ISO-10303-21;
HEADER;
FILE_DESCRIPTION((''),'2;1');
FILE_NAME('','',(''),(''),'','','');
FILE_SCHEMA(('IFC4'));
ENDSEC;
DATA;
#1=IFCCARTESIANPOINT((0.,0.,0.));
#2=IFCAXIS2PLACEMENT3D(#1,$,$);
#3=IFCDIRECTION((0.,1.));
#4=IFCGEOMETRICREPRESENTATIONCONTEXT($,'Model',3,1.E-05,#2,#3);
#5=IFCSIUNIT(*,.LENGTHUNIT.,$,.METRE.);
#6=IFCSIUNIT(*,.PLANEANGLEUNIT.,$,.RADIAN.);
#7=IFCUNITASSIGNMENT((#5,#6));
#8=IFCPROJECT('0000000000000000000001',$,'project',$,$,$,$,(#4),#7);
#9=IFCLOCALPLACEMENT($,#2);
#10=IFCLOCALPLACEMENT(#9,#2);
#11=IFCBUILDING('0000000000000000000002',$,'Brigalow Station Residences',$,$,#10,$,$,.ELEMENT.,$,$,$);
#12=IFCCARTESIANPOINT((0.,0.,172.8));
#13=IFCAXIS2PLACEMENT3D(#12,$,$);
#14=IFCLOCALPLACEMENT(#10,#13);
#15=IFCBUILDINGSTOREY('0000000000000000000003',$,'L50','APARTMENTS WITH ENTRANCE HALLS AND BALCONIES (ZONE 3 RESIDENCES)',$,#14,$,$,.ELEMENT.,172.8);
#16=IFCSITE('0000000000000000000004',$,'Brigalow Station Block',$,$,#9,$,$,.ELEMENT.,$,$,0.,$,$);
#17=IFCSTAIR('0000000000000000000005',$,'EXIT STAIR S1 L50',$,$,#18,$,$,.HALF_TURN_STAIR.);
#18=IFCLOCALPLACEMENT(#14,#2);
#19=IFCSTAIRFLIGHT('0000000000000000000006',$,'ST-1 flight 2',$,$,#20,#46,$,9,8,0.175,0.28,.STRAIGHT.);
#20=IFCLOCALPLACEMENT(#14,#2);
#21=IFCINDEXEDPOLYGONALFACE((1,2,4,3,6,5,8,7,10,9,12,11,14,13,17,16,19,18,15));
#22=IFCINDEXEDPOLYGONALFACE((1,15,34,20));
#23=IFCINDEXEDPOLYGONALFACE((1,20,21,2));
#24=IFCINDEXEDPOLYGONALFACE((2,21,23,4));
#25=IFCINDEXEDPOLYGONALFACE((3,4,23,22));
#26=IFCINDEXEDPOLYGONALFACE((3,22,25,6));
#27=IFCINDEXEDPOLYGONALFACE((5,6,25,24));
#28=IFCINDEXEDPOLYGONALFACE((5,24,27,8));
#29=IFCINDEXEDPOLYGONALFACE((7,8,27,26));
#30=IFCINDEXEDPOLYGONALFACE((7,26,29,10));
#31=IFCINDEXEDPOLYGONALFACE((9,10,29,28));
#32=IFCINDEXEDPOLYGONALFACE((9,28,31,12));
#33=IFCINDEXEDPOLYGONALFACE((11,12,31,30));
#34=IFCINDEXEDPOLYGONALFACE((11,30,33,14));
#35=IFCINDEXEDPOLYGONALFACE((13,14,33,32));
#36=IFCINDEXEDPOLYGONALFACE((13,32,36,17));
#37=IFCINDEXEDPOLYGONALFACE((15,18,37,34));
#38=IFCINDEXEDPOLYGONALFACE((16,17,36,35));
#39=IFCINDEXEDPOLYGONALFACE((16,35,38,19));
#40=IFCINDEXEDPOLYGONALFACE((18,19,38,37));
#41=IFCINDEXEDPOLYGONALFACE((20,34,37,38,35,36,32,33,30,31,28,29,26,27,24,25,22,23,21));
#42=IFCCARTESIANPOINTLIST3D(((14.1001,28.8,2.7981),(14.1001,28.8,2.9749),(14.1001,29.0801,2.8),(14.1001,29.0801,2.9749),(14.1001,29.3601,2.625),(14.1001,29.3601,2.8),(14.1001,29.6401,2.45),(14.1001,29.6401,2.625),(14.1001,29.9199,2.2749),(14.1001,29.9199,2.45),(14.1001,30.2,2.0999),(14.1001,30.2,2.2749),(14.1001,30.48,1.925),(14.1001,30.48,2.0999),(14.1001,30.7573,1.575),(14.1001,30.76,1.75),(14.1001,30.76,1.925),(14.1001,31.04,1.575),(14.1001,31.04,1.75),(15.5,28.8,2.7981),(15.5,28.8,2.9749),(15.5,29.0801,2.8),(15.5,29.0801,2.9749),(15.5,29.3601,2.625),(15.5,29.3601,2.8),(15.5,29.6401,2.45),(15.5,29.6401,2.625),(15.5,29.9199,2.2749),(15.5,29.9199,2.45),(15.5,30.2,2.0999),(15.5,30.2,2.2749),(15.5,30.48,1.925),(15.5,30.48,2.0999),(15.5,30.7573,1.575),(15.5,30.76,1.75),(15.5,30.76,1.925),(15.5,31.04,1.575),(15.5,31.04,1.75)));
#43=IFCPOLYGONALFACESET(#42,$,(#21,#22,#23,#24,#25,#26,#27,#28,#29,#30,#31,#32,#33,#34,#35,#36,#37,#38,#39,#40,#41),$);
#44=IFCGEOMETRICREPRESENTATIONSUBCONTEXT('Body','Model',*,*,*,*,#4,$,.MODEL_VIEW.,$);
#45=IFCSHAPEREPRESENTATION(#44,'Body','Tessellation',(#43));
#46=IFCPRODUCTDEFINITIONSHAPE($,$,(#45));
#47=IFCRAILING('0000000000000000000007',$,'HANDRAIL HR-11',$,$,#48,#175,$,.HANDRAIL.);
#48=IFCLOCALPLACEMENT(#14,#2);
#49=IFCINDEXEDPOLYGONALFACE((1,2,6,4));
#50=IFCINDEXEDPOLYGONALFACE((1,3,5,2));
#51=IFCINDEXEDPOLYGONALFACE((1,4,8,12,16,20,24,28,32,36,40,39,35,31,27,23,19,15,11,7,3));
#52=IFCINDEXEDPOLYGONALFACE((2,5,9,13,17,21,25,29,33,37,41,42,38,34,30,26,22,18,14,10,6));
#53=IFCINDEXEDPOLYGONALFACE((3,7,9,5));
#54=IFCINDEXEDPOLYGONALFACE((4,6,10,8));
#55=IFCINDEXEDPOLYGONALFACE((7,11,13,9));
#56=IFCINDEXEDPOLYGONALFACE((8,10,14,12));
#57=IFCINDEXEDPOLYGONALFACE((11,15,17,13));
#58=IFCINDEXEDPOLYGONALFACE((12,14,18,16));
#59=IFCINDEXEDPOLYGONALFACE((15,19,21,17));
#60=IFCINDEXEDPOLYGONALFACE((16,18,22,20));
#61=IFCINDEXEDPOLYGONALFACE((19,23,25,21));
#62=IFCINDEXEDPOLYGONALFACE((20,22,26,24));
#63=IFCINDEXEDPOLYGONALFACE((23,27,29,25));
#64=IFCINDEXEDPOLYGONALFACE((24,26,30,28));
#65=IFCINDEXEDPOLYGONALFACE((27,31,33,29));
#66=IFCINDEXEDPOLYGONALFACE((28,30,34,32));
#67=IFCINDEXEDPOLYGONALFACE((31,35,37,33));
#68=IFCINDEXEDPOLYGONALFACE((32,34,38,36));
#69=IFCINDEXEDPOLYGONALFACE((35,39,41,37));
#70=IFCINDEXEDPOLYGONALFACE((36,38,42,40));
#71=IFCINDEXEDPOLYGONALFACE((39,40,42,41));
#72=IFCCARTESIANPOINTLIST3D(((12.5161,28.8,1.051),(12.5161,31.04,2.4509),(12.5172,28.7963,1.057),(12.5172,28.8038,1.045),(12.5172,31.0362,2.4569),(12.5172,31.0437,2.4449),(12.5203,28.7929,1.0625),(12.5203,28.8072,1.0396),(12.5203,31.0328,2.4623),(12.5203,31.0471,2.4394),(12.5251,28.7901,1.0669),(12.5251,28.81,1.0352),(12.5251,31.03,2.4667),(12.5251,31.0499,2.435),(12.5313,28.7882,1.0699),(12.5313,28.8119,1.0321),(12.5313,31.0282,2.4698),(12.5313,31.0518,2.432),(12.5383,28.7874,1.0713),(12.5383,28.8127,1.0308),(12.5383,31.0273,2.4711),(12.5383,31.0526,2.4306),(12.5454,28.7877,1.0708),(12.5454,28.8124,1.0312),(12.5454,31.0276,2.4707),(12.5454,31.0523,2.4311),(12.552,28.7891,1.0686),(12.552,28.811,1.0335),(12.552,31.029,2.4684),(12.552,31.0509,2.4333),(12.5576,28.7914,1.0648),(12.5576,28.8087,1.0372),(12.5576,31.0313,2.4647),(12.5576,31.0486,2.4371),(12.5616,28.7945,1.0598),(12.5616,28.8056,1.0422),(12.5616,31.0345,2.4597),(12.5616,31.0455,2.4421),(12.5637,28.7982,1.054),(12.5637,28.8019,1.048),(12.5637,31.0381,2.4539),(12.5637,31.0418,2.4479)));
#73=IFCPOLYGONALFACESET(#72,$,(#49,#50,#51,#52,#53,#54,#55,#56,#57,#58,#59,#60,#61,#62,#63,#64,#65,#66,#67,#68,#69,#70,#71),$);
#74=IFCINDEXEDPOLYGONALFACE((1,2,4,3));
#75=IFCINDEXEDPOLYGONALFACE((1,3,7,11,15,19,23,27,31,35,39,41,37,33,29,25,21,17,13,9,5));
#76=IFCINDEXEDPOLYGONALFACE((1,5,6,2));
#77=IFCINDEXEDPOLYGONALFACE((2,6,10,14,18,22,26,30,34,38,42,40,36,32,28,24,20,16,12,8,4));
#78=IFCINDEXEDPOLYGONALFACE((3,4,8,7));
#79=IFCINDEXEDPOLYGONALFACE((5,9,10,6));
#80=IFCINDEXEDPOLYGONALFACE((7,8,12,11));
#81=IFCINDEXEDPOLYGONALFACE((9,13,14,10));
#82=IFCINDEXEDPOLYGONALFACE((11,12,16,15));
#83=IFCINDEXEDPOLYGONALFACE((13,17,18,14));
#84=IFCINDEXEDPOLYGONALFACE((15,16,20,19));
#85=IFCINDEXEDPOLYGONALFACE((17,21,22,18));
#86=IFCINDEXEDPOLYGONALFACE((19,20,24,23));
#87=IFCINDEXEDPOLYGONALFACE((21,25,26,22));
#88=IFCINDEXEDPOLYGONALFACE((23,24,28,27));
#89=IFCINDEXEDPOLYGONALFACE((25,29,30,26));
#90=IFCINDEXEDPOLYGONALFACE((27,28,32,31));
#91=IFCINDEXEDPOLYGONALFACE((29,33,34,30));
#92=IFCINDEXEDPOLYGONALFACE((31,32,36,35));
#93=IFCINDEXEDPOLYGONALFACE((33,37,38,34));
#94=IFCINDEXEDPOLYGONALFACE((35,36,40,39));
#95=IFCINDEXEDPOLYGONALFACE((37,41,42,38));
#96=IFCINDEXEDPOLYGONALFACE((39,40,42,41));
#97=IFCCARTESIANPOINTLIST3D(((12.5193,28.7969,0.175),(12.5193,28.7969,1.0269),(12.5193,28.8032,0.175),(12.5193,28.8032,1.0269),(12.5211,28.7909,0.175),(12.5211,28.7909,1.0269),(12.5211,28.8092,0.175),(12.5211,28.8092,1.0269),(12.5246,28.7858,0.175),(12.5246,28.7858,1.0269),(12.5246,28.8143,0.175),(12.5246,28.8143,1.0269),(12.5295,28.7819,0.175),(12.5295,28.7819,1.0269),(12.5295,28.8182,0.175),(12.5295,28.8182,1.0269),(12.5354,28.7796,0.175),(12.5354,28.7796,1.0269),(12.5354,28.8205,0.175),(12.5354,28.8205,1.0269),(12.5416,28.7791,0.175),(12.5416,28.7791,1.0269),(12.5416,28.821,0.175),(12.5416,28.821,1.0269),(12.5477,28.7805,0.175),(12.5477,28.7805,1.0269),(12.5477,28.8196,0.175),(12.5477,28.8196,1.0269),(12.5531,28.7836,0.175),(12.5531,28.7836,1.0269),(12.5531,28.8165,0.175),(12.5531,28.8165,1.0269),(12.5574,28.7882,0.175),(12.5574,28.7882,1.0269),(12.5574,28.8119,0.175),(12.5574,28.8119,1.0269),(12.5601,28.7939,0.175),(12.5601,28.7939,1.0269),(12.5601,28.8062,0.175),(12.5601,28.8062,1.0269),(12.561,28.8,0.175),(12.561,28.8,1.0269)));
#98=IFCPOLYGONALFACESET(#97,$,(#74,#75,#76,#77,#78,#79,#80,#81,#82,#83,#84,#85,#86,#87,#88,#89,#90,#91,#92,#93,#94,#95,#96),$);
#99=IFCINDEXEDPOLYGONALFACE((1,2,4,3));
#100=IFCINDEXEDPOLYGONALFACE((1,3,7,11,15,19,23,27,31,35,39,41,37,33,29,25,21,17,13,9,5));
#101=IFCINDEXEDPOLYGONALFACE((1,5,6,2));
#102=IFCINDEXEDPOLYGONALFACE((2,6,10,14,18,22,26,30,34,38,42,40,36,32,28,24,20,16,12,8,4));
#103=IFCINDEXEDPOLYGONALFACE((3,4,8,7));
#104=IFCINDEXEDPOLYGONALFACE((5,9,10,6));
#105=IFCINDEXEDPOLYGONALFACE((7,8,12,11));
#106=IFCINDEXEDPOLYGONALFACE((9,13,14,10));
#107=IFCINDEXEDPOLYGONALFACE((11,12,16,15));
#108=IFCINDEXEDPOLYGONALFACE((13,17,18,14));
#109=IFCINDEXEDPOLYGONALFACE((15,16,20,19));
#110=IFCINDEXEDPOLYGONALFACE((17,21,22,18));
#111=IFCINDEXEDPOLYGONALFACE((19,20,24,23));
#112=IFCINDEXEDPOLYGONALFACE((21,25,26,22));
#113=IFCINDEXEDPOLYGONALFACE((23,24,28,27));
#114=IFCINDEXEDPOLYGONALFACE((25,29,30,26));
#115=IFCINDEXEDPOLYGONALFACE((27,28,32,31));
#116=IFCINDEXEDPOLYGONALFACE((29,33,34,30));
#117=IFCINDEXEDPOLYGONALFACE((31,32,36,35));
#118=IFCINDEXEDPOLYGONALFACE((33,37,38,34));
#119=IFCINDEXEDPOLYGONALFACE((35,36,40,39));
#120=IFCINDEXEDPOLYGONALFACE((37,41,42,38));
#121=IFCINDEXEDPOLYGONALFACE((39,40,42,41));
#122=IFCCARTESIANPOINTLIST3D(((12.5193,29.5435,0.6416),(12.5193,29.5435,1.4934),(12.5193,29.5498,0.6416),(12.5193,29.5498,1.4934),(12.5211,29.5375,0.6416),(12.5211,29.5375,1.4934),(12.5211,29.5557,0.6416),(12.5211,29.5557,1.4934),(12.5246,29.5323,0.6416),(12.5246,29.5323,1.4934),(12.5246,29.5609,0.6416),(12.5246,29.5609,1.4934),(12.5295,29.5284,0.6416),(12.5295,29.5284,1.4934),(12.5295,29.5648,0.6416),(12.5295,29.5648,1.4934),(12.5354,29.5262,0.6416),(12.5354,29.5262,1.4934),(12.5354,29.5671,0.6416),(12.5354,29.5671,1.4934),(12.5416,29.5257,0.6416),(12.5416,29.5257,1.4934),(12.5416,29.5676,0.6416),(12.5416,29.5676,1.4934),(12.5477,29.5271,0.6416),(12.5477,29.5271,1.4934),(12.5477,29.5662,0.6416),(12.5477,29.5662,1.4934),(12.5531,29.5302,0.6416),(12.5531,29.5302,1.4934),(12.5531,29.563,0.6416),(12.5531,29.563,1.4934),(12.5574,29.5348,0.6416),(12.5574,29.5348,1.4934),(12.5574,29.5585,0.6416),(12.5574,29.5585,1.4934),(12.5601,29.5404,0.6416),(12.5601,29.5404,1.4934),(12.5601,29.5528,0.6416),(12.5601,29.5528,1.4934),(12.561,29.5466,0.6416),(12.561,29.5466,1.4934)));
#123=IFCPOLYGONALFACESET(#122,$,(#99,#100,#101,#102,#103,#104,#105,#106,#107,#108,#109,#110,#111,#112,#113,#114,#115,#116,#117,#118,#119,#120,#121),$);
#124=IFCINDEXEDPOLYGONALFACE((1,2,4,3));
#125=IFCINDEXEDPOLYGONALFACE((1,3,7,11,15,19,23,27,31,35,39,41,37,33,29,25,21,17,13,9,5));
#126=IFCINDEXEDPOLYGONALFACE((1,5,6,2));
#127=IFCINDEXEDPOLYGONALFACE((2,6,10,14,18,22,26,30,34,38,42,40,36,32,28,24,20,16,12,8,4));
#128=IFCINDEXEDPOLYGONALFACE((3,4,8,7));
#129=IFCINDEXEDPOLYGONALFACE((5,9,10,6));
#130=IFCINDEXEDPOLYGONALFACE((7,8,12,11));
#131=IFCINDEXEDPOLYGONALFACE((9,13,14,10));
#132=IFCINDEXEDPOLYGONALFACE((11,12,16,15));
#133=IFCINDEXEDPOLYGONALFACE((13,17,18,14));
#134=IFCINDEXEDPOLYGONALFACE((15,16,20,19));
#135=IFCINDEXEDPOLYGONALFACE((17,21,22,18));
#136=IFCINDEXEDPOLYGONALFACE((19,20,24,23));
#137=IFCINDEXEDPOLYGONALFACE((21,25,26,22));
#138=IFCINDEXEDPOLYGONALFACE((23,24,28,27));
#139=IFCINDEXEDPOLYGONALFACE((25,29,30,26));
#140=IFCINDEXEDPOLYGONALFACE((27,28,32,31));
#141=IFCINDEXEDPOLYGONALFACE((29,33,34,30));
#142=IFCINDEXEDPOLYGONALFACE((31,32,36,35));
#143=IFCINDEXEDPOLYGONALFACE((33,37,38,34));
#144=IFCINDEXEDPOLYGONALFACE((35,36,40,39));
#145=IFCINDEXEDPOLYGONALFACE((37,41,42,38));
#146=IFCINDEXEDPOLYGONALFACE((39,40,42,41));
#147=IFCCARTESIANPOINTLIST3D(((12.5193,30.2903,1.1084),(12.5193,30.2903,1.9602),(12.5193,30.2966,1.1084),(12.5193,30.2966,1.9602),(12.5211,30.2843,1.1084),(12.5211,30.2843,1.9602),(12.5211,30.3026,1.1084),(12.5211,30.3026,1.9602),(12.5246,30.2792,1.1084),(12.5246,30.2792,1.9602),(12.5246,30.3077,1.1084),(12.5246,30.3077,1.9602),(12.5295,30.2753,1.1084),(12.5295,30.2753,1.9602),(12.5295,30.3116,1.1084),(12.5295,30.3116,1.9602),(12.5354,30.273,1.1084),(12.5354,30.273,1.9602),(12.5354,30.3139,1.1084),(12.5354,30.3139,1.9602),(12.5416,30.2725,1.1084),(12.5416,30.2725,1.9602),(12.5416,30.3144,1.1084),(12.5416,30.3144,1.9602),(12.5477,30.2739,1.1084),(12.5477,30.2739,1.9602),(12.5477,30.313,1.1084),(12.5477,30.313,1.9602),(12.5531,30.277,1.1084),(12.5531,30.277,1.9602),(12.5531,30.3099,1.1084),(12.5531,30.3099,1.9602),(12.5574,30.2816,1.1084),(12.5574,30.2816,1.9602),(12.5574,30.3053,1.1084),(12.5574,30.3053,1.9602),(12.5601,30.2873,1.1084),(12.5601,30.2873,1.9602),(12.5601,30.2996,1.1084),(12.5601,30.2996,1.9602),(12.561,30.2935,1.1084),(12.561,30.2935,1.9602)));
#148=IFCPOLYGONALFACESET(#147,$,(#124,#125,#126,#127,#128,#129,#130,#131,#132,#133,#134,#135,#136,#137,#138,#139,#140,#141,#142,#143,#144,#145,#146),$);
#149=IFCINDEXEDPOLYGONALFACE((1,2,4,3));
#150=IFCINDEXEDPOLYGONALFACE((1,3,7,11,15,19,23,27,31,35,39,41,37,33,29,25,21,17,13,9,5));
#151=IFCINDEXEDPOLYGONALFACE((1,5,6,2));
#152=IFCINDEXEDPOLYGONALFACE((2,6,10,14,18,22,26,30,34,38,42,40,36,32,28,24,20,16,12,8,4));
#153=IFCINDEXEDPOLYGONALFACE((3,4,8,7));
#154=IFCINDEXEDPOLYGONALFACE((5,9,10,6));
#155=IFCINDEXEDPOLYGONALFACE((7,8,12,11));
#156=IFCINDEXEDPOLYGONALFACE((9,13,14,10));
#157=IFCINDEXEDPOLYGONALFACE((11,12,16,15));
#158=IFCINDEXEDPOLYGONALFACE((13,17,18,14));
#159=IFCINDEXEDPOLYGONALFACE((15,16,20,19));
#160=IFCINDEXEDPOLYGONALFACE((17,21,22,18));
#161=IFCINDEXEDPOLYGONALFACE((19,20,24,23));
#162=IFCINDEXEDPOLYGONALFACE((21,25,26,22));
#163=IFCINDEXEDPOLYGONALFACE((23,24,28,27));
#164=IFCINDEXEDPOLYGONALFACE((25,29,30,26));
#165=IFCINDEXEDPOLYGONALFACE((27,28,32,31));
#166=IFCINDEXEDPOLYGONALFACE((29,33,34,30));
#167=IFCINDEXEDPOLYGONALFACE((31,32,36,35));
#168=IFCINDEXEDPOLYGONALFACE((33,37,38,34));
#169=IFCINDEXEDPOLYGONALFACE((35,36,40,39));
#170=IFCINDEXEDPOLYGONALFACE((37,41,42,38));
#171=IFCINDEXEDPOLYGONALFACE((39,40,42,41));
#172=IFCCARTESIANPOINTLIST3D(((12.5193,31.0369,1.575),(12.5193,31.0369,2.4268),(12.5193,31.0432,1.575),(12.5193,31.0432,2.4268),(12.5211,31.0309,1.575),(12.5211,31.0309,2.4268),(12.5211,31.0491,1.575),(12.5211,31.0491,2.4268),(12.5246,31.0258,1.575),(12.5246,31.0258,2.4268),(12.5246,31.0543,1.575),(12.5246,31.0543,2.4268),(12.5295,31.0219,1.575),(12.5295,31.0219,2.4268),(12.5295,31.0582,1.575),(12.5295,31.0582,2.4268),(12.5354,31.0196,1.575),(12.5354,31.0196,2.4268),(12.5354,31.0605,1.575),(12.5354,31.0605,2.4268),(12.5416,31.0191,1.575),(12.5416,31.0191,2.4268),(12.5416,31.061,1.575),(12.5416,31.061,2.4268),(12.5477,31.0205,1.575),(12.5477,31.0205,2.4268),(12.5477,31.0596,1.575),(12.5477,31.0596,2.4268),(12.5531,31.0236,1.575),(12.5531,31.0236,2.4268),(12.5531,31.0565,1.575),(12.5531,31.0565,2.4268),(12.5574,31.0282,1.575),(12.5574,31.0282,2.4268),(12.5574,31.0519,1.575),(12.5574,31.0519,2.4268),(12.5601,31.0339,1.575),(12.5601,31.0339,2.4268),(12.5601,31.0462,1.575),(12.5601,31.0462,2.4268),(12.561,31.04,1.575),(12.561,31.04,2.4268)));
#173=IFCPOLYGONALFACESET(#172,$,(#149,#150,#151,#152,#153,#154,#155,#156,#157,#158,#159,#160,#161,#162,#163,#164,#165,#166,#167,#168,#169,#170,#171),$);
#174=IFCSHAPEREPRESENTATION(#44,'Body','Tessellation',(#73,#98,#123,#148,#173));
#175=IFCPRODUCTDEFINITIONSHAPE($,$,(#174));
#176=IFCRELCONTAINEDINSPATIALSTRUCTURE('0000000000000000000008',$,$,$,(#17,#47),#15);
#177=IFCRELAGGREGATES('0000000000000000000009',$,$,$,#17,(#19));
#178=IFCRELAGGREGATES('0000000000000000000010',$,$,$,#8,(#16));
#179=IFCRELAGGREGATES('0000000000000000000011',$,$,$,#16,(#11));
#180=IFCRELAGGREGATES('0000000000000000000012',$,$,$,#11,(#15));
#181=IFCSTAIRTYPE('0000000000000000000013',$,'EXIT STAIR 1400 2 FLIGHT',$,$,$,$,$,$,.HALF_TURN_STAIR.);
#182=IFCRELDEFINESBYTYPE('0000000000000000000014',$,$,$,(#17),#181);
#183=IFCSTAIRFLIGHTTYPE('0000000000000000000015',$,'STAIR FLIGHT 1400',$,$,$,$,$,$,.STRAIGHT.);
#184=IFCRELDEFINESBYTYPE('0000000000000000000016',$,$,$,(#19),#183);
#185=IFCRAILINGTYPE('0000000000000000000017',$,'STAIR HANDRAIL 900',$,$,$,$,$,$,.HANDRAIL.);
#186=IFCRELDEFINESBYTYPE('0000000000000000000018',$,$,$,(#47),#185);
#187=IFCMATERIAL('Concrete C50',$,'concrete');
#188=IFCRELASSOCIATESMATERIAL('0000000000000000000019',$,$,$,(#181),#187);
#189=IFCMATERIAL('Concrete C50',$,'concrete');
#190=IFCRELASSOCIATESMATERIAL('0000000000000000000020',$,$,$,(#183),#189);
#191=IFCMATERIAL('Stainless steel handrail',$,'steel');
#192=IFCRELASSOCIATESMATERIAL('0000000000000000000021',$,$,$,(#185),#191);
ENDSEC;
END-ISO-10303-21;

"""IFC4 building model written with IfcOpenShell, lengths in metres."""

from ifc_helpers import new_model, si_unit, direction, frame, origin, origin_2d, place, context, subcontext, project, spatial, polyline, circle, outline, extrude, material, type_object, element, aggregate, save


model = new_model("IFC4")

# Units and contexts
model_context = context("Model", 3, precision=1e-05, world=origin(), true_north=direction((0.0, 1.0)))
body_context = subcontext(model_context, "Body", "Model", "MODEL_VIEW")
ifc_project = project(units=[si_unit("LENGTHUNIT", "METRE"), si_unit("PLANEANGLEUNIT", "RADIAN")], contexts=[model_context])

# Site, building, storey
site_placement = place(None, origin())
site = spatial("IfcSite", under=ifc_project, at=site_placement, Name="Brigalow Station Block", CompositionType="ELEMENT", RefElevation=0.0)
building_placement = place(site_placement, origin())
building = spatial("IfcBuilding", under=site, at=building_placement, Name="Brigalow Station Residences", CompositionType="ELEMENT")
storey_placement = place(building_placement, frame((0.0, 0.0, 172.8)))
storey = spatial("IfcBuildingStorey", under=building, at=storey_placement, Name="L50", Description="APARTMENTS WITH ENTRANCE HALLS AND BALCONIES (ZONE 3 RESIDENCES)", CompositionType="ELEMENT", Elevation=172.8)

# Stair, stair flight
ifc_material_1 = material(Name="Concrete C50", Category="concrete")
stair_type = type_object("IfcStairType", Name="EXIT STAIR 1400 2 FLIGHT", PredefinedType="HALF_TURN_STAIR", material=ifc_material_1)
stair_placement = place(storey_placement, origin())
stair = element("IfcStair", 1, at=stair_placement, inside=storey, type_object=stair_type, Name="EXIT STAIR S1 L50", PredefinedType="HALF_TURN_STAIR")
ifc_material_2 = material(Name="Concrete C50", Category="concrete")
stair_flight_type = type_object("IfcStairFlightType", Name="STAIR FLIGHT 1400", PredefinedType="STRAIGHT", material=ifc_material_2)
stair_flight_1_placement = place(storey_placement, frame((14.8, 31.04, 1.575), z_axis=(0.0, 0.0, 1.0), x_axis=(0.0, -1.0, 0.0)))
stair_flight_1 = element("IfcStairFlight", 2, at=stair_flight_1_placement, type_object=stair_flight_type, Name="ST-1 flight 2", NumberOfRisers=9, NumberOfTreads=8, PredefinedType="STRAIGHT", RiserHeight=0.175, TreadLength=0.28, context=body_context, shape_type="SweptSolid", body=[
    extrude(outline(polyline([(0.0, 0.0), (0.0, 0.175), (0.28, 0.175), (0.28, 0.3501), (0.5601, 0.3501), (0.5601, 0.5249), (0.8401, 0.5249), (0.8401, 0.7), (1.1201, 0.7), (1.1201, 0.875), (1.3999, 0.875), (1.3999, 1.05), (1.6799, 1.05), (1.6799, 1.2251), (1.96, 1.2251), (1.96, 1.3999), (2.24, 1.3999), (2.24, 1.575), (2.24, 1.2231), (0.2827, 0.0), (0.0, 0.0)])), frame((0.0, 0.7, 0.0), z_axis=(0.0, -1.0, 0.0), x_axis=(1.0, 0.0, 0.0)), (0.0, 0.0, 1.0), 1.3999),
])
aggregate(stair, [stair_flight_1])

# Railing
ifc_material_3 = material(Name="Stainless steel handrail", Category="steel")
railing_type_1 = type_object("IfcRailingType", Name="STAIR HANDRAIL 900", PredefinedType="HANDRAIL", material=ifc_material_3)
railing_1_placement = place(storey_placement, frame((12.54, 28.8, 0.175)))
element("IfcRailing", 3, at=railing_1_placement, inside=storey, type_object=railing_type_1, Name="HANDRAIL HR-11", PredefinedType="HANDRAIL", context=body_context, shape_type="SweptSolid", body=[
    extrude(circle(Radius=0.0239, at=origin_2d()), frame((0.0, 0.0, 0.876), z_axis=(0.0, 0.848014, 0.529974), x_axis=(-1.0, 0.0, 0.0)), (0.0, 0.0, 1.0), 2.6414),
    extrude(circle(Radius=0.021, at=origin_2d()), origin(), (0.0, 0.0, 1.0), 0.8518),
    extrude(circle(Radius=0.021, at=origin_2d()), frame((0.0, 0.7466, 0.4666)), (0.0, 0.0, 1.0), 0.8518),
    extrude(circle(Radius=0.021, at=origin_2d()), frame((0.0, 1.4934, 0.9333)), (0.0, 0.0, 1.0), 0.8518),
    extrude(circle(Radius=0.021, at=origin_2d()), frame((0.0, 2.24, 1.3999)), (0.0, 0.0, 1.0), 0.8518),
])

save(model, "model.ifc")
